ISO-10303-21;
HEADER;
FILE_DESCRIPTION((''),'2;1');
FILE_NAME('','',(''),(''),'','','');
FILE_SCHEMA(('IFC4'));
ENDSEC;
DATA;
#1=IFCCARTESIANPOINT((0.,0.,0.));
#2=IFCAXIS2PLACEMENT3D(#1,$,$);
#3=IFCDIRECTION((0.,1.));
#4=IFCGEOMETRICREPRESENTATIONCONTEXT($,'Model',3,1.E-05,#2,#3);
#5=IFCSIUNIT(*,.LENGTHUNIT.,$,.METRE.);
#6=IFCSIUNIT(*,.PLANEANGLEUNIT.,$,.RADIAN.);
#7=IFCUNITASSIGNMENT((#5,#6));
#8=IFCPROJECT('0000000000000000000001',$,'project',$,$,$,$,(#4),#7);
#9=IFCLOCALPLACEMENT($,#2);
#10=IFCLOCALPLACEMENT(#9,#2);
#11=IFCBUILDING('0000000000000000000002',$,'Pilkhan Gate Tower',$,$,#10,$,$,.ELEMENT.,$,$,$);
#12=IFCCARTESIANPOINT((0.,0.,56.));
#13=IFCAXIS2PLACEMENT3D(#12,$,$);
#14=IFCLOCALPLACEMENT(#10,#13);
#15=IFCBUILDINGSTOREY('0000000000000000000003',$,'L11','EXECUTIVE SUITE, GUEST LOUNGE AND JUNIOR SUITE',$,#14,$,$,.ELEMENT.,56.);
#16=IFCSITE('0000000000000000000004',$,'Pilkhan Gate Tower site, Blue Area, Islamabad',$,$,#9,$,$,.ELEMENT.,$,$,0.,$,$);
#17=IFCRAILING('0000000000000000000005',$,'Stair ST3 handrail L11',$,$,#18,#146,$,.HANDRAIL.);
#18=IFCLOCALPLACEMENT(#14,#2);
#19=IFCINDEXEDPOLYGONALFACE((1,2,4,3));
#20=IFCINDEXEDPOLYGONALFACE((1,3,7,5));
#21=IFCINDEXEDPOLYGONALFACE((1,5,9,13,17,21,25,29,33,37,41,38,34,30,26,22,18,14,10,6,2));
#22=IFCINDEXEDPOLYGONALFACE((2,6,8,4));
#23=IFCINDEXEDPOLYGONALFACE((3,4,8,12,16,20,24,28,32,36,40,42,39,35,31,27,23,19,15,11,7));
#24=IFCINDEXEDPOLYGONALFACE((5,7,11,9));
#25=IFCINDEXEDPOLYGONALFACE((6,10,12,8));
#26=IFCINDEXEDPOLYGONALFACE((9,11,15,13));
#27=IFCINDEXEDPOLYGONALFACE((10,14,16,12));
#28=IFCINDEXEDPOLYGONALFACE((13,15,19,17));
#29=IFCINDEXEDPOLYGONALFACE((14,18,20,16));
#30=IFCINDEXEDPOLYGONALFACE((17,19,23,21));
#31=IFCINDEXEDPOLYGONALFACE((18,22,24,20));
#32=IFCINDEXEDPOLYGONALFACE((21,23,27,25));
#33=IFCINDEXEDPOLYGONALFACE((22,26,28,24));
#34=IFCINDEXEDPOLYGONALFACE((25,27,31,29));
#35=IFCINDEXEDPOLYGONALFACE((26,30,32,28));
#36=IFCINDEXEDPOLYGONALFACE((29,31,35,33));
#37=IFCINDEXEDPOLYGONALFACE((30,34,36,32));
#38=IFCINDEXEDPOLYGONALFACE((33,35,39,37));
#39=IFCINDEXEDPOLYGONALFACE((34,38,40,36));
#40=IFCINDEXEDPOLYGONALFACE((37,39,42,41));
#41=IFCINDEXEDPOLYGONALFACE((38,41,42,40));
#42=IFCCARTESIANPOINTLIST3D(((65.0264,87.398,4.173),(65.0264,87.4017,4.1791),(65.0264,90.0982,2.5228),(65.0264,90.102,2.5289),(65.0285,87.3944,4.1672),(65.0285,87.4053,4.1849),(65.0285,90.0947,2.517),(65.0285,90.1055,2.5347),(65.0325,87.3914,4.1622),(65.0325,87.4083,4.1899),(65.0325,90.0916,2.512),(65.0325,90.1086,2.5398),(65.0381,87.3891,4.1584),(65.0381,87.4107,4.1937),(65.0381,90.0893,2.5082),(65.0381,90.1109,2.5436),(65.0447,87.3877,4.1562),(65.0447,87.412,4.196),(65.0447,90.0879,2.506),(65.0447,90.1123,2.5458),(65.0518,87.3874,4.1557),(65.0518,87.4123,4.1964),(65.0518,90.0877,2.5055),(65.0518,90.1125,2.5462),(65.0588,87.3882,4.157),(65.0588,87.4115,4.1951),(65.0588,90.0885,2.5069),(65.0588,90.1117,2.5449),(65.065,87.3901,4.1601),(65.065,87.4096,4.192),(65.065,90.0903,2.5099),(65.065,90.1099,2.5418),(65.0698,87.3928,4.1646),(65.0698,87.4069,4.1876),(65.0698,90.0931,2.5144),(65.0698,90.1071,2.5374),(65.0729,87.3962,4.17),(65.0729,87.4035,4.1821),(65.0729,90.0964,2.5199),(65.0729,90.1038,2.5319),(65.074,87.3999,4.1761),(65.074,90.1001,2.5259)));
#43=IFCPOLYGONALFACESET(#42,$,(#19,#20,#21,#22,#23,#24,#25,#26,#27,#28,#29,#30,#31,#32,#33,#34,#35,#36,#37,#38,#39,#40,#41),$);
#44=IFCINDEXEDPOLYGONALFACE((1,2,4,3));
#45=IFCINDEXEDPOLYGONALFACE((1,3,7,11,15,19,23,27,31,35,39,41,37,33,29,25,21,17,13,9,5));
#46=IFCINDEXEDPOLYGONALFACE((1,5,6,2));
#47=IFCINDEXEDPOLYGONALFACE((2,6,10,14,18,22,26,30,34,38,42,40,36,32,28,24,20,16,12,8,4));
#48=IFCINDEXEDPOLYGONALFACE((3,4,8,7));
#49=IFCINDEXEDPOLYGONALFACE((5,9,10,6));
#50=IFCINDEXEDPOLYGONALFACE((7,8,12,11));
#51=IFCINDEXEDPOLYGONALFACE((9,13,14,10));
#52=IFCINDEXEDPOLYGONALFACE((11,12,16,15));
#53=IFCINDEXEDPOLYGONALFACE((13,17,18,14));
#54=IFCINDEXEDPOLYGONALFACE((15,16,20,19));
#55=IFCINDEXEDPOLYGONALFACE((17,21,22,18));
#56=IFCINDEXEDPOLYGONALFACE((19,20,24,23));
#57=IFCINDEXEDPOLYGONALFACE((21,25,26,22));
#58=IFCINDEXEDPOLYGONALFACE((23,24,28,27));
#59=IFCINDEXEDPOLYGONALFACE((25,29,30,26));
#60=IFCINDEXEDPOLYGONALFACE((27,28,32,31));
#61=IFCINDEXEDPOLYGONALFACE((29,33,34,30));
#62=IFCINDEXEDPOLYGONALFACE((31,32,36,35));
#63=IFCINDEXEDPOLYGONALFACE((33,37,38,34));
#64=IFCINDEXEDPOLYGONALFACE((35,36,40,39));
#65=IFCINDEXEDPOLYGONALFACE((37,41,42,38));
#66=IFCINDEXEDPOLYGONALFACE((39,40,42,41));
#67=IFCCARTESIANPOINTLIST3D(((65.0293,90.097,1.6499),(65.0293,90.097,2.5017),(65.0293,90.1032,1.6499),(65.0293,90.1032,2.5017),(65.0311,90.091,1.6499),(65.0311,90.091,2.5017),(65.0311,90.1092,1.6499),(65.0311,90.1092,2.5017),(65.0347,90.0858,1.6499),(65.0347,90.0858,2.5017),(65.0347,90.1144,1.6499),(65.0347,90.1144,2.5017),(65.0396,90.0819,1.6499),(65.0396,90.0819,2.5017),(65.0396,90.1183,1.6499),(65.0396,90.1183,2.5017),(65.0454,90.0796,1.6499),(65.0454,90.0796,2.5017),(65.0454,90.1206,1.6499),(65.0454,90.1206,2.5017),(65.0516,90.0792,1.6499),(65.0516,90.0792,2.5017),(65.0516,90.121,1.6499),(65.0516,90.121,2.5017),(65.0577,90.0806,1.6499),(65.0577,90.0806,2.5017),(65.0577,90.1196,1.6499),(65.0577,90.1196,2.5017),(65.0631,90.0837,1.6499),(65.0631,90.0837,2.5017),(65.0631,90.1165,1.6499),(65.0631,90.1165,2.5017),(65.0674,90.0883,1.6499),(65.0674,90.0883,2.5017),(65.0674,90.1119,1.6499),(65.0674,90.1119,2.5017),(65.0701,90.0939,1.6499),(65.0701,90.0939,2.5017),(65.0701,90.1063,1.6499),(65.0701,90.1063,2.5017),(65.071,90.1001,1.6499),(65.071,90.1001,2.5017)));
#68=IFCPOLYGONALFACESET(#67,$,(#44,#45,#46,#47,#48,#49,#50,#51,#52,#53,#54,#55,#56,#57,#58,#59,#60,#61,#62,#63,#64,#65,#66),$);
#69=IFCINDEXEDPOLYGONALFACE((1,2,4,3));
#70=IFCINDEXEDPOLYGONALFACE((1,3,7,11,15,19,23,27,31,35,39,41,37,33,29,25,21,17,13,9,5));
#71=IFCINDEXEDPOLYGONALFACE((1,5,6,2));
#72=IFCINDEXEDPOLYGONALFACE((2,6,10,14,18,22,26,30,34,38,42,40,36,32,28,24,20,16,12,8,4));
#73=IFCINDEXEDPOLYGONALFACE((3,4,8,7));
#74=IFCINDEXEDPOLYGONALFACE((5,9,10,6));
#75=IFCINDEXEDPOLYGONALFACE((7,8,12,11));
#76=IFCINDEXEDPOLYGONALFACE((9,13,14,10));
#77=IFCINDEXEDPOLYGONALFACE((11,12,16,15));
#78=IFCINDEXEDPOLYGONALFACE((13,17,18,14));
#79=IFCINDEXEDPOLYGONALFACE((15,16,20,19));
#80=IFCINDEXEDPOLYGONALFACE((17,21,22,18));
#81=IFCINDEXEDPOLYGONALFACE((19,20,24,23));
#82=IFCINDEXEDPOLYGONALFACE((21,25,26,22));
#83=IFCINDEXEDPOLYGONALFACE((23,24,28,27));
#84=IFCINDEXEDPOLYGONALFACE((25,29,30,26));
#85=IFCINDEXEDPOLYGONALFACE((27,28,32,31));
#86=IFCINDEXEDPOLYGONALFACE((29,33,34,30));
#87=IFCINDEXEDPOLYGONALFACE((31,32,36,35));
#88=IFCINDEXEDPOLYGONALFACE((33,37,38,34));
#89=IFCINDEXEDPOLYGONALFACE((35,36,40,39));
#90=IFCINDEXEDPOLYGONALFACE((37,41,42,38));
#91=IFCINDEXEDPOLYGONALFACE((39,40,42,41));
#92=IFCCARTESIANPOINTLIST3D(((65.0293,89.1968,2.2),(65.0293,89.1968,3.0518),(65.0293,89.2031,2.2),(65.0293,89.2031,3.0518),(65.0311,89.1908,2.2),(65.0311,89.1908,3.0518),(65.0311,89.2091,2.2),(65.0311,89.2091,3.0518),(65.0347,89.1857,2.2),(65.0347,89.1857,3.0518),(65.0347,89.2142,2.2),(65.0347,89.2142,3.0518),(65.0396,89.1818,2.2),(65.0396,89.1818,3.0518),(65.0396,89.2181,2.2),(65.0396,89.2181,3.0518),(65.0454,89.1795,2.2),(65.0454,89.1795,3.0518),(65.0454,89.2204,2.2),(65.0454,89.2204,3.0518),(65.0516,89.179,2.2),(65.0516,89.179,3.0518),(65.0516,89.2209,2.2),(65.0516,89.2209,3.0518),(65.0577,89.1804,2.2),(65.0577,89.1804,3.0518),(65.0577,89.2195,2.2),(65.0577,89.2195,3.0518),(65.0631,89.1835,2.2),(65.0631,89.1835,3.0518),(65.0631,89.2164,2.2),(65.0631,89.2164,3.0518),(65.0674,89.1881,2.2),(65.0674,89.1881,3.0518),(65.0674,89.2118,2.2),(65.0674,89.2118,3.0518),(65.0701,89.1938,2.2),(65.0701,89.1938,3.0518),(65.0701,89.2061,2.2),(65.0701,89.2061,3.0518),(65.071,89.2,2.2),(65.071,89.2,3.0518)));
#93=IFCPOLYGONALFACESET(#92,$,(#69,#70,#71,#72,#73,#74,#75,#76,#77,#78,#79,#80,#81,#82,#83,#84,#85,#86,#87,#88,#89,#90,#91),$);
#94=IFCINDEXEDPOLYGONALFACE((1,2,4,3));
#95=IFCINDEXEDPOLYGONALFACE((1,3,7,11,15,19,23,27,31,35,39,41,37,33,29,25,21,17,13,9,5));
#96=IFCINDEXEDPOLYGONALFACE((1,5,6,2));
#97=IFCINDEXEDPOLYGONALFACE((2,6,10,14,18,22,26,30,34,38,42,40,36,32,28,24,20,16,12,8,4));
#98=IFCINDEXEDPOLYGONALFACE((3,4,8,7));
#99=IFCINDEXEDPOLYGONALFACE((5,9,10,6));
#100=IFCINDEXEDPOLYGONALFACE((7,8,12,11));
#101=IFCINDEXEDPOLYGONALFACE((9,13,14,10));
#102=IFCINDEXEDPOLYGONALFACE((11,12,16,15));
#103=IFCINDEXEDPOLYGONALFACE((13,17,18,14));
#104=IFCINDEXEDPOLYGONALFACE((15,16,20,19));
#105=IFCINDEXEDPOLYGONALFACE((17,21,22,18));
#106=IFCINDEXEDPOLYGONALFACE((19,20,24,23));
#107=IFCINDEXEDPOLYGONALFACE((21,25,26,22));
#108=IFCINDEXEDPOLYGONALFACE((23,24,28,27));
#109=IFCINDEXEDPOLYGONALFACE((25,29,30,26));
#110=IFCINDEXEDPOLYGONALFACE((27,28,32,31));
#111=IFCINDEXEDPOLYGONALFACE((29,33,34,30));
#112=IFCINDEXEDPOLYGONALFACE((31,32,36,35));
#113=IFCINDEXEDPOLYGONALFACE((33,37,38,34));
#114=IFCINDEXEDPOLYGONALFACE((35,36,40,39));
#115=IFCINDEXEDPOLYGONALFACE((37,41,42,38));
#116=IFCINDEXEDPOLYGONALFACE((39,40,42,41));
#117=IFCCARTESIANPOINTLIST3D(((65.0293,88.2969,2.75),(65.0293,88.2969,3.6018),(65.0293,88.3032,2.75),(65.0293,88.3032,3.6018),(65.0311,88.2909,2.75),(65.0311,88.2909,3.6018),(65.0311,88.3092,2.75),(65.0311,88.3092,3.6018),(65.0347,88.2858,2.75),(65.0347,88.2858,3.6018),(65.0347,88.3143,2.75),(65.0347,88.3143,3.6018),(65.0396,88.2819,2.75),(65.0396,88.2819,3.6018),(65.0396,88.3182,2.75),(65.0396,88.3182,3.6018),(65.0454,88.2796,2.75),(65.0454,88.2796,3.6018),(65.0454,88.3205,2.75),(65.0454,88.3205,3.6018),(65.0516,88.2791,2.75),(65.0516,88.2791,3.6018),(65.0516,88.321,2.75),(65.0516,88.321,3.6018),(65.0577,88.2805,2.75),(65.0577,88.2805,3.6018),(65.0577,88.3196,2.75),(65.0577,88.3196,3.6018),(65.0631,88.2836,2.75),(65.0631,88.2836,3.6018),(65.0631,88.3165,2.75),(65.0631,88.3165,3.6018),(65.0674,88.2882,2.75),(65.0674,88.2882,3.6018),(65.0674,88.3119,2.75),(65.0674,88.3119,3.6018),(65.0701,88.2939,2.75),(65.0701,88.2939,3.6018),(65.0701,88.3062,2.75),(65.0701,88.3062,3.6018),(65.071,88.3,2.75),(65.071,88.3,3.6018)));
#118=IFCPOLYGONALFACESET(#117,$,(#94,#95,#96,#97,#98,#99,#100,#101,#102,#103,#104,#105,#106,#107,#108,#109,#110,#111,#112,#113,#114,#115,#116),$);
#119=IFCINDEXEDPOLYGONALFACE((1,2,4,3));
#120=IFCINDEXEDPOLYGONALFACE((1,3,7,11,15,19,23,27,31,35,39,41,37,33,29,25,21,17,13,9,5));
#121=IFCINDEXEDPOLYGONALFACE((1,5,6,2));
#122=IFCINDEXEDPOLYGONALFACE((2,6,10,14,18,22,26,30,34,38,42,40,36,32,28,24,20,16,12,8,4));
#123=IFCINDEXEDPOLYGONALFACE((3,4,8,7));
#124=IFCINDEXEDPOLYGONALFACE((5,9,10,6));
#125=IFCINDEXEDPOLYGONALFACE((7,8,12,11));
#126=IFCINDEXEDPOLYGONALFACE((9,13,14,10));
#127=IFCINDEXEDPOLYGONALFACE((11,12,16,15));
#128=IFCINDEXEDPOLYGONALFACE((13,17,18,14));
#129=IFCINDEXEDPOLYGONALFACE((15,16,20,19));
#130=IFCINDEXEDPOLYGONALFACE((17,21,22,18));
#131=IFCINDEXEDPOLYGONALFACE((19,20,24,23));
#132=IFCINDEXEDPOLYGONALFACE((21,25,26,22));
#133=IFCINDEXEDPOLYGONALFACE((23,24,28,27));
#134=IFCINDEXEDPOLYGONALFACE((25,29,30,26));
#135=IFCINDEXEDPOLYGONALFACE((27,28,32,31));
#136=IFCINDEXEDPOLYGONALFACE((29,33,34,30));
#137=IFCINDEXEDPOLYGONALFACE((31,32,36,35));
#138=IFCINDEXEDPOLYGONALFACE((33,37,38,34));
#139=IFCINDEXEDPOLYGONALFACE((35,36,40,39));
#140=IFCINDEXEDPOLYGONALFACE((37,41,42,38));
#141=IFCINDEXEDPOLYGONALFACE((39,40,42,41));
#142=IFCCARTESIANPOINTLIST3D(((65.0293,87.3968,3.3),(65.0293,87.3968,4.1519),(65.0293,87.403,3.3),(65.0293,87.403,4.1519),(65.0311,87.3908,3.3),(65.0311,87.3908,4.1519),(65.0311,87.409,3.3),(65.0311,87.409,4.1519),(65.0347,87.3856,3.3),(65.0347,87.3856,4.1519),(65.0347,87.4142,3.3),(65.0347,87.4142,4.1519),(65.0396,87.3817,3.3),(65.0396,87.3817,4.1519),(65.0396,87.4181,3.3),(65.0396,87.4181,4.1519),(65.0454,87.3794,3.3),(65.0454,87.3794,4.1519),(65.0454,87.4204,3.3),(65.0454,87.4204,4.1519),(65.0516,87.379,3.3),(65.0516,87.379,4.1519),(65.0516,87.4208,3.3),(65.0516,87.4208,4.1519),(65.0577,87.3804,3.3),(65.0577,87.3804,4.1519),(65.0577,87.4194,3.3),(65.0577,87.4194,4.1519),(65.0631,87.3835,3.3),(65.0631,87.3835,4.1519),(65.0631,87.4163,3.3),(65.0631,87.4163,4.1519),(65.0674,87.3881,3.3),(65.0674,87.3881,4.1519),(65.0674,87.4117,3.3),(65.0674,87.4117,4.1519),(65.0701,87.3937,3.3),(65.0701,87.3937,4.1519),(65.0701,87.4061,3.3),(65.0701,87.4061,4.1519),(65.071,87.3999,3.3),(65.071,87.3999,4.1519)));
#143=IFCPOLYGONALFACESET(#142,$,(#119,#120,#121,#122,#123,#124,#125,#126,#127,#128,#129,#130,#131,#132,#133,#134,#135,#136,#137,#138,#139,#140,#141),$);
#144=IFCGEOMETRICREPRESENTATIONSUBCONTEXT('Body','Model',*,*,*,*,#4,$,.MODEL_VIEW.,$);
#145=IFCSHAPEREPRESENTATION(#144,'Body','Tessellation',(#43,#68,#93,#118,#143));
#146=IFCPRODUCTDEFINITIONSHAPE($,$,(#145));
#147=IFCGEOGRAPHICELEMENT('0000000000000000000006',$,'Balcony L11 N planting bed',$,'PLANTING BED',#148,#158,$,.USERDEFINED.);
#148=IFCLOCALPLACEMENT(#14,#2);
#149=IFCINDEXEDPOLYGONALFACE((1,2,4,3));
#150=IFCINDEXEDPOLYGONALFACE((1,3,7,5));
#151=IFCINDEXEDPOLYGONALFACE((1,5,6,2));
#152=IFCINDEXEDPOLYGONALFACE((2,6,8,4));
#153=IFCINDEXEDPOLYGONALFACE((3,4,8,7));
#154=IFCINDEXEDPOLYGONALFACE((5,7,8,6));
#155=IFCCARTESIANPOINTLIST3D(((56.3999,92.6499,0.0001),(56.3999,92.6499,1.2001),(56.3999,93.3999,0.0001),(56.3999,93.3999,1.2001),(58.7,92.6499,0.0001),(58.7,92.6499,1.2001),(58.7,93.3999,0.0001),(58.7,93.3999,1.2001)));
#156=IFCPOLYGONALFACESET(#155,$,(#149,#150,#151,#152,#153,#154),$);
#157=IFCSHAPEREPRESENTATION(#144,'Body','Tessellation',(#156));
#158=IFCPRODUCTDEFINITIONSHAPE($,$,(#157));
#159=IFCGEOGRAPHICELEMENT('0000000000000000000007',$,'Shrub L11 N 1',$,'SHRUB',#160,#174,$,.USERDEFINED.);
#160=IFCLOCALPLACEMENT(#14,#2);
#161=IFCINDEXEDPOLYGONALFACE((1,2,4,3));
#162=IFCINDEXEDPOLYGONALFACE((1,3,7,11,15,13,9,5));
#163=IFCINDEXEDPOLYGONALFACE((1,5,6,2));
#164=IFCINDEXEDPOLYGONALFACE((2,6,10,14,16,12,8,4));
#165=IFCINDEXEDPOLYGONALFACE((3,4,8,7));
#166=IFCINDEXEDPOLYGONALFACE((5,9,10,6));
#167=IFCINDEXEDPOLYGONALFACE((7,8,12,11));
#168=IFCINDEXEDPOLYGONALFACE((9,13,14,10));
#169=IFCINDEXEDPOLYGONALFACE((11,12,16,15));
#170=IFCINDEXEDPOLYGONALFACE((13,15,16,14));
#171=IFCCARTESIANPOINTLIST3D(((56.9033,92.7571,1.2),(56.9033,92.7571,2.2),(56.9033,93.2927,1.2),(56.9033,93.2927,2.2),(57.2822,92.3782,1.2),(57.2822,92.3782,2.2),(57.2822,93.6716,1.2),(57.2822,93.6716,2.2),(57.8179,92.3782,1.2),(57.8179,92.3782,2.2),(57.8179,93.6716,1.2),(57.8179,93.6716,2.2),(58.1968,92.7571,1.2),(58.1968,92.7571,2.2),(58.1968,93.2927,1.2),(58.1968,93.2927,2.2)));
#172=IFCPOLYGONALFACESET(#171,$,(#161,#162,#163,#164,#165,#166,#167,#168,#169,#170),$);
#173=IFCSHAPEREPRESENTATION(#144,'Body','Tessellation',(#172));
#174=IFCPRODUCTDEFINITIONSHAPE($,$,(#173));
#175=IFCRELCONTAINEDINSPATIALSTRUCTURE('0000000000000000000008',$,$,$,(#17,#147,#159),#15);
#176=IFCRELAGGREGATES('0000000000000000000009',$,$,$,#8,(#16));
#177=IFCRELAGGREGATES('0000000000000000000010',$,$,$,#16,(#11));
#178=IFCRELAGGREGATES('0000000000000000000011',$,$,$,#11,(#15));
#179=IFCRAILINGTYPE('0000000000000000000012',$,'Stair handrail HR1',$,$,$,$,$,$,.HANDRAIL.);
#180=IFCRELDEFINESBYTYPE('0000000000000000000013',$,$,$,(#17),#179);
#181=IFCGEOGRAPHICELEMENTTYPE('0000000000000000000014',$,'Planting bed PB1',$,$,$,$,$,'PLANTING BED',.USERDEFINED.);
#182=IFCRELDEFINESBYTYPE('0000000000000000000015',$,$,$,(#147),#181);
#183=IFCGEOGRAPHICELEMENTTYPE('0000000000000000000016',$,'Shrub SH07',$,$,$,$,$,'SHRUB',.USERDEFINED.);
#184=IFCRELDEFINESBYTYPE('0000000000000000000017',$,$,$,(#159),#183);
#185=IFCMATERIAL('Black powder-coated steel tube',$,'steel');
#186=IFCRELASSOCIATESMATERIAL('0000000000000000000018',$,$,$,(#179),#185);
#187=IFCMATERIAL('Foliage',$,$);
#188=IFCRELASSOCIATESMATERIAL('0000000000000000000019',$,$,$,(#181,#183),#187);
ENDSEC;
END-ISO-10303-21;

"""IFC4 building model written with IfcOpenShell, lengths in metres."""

from ifc_helpers import new_model, si_unit, direction, frame, origin, origin_2d, place, context, subcontext, project, spatial, polyline, rectangle, circle, outline, extrude, material, material_profile, profile_set, type_object, element, save


model = new_model("IFC4")

# Units and contexts
model_context = context("Model", 3, precision=1e-05, world=origin(), true_north=direction((0.0, 1.0)))
body_context = subcontext(model_context, "Body", "Model", "MODEL_VIEW")
ifc_project = project(units=[si_unit("LENGTHUNIT", "METRE"), si_unit("PLANEANGLEUNIT", "RADIAN")], contexts=[model_context])

# Site, building, storey
site_placement = place(None, origin())
site = spatial("IfcSite", under=ifc_project, at=site_placement, Name="Pilkhan Gate Tower site, Blue Area, Islamabad", CompositionType="ELEMENT", RefElevation=0.0)
building_placement = place(site_placement, origin())
building = spatial("IfcBuilding", under=site, at=building_placement, Name="Pilkhan Gate Tower", CompositionType="ELEMENT")
storey_placement = place(building_placement, frame((0.0, 0.0, 56.0)))
storey = spatial("IfcBuildingStorey", under=building, at=storey_placement, Name="L11", Description="EXECUTIVE SUITE, GUEST LOUNGE AND JUNIOR SUITE", CompositionType="ELEMENT", Elevation=56.0)

# Railing
ifc_material_1 = material(Name="Black powder-coated steel tube", Category="steel")
railing_type_1 = type_object("IfcRailingType", Name="Stair handrail HR1", PredefinedType="HANDRAIL", material=ifc_material_1)
railing_1_placement = place(storey_placement, frame((65.05, 90.1001, 1.6499)))
element("IfcRailing", 1, at=railing_1_placement, inside=storey, type_object=railing_type_1, Name="Stair ST3 handrail L11", PredefinedType="HANDRAIL", context=body_context, shape_type="SweptSolid", body=[
    extrude(circle(Radius=0.0239, at=origin_2d()), frame((0.0, 0.0, 0.876), z_axis=(0.0, -0.853278, 0.521456), x_axis=(1.0, 0.0, 0.0)), (0.0, 0.0, 1.0), 3.1646),
    extrude(circle(Radius=0.021, at=origin_2d()), origin(), (0.0, 0.0, 1.0), 0.8518),
    extrude(circle(Radius=0.021, at=origin_2d()), frame((0.0, -0.9001, 0.55)), (0.0, 0.0, 1.0), 0.8518),
    extrude(circle(Radius=0.021, at=origin_2d()), frame((0.0, -1.8, 1.1001)), (0.0, 0.0, 1.0), 0.8518),
    extrude(circle(Radius=0.021, at=origin_2d()), frame((0.0, -2.7002, 1.6501)), (0.0, 0.0, 1.0), 0.8518),
])

# Geographic elements
ifc_material_2 = material(Name="Foliage")
ifc_material_profile_1 = material_profile(ifc_material_2, rectangle(XDim=0.75, YDim=1.2, at=origin_2d()), Name="Bed 750x1200")
ifc_profile_set_1 = profile_set([ifc_material_profile_1], Name="Foliage")
geographic_element_type_1 = type_object("IfcGeographicElementType", Name="Planting bed PB1", ElementType="PLANTING BED", PredefinedType="USERDEFINED", material=ifc_profile_set_1)
geographic_element_1_placement = place(storey_placement, frame((56.3999, 93.0249, 0.6001), z_axis=(1.0, 0.0, 0.0), x_axis=(0.0, 1.0, 0.0)))
element("IfcGeographicElement", 2, at=geographic_element_1_placement, inside=storey, type_object=geographic_element_type_1, Name="Balcony L11 N planting bed", ObjectType="PLANTING BED", PredefinedType="USERDEFINED", context=body_context, shape_type="SweptSolid", body=[
    extrude(rectangle(XDim=0.75, YDim=1.2, at=origin_2d()), origin(), (0.0, 0.0, 1.0), 2.3),
])
ifc_material_profile_2 = material_profile(ifc_material_2, outline(polyline([(0.6467, 0.2678), (0.2678, 0.6467), (-0.2678, 0.6467), (-0.6467, 0.2678), (-0.6467, -0.2678), (-0.2678, -0.6467), (0.2678, -0.6467), (0.6467, -0.2678), (0.6467, 0.2678)])), Name="Shrub D1.4")
ifc_profile_set_2 = profile_set([ifc_material_profile_2], Name="Foliage")
geographic_element_type_2 = type_object("IfcGeographicElementType", Name="Shrub SH07", ElementType="SHRUB", PredefinedType="USERDEFINED", material=ifc_profile_set_2)
geographic_element_2_placement = place(storey_placement, frame((57.55, 93.0249, 1.2), z_axis=(0.0, 0.0, 1.0), x_axis=(1.0, 0.0, 0.0)))
element("IfcGeographicElement", 3, at=geographic_element_2_placement, inside=storey, type_object=geographic_element_type_2, Name="Shrub L11 N 1", ObjectType="SHRUB", PredefinedType="USERDEFINED", context=body_context, shape_type="SweptSolid", body=[
    extrude(outline(polyline([(0.6467, 0.2678), (0.2678, 0.6467), (-0.2678, 0.6467), (-0.6467, 0.2678), (-0.6467, -0.2678), (-0.2678, -0.6467), (0.2678, -0.6467), (0.6467, -0.2678), (0.6467, 0.2678)])), origin(), (0.0, 0.0, 1.0), 1.0),
])

save(model, "model.ifc")
